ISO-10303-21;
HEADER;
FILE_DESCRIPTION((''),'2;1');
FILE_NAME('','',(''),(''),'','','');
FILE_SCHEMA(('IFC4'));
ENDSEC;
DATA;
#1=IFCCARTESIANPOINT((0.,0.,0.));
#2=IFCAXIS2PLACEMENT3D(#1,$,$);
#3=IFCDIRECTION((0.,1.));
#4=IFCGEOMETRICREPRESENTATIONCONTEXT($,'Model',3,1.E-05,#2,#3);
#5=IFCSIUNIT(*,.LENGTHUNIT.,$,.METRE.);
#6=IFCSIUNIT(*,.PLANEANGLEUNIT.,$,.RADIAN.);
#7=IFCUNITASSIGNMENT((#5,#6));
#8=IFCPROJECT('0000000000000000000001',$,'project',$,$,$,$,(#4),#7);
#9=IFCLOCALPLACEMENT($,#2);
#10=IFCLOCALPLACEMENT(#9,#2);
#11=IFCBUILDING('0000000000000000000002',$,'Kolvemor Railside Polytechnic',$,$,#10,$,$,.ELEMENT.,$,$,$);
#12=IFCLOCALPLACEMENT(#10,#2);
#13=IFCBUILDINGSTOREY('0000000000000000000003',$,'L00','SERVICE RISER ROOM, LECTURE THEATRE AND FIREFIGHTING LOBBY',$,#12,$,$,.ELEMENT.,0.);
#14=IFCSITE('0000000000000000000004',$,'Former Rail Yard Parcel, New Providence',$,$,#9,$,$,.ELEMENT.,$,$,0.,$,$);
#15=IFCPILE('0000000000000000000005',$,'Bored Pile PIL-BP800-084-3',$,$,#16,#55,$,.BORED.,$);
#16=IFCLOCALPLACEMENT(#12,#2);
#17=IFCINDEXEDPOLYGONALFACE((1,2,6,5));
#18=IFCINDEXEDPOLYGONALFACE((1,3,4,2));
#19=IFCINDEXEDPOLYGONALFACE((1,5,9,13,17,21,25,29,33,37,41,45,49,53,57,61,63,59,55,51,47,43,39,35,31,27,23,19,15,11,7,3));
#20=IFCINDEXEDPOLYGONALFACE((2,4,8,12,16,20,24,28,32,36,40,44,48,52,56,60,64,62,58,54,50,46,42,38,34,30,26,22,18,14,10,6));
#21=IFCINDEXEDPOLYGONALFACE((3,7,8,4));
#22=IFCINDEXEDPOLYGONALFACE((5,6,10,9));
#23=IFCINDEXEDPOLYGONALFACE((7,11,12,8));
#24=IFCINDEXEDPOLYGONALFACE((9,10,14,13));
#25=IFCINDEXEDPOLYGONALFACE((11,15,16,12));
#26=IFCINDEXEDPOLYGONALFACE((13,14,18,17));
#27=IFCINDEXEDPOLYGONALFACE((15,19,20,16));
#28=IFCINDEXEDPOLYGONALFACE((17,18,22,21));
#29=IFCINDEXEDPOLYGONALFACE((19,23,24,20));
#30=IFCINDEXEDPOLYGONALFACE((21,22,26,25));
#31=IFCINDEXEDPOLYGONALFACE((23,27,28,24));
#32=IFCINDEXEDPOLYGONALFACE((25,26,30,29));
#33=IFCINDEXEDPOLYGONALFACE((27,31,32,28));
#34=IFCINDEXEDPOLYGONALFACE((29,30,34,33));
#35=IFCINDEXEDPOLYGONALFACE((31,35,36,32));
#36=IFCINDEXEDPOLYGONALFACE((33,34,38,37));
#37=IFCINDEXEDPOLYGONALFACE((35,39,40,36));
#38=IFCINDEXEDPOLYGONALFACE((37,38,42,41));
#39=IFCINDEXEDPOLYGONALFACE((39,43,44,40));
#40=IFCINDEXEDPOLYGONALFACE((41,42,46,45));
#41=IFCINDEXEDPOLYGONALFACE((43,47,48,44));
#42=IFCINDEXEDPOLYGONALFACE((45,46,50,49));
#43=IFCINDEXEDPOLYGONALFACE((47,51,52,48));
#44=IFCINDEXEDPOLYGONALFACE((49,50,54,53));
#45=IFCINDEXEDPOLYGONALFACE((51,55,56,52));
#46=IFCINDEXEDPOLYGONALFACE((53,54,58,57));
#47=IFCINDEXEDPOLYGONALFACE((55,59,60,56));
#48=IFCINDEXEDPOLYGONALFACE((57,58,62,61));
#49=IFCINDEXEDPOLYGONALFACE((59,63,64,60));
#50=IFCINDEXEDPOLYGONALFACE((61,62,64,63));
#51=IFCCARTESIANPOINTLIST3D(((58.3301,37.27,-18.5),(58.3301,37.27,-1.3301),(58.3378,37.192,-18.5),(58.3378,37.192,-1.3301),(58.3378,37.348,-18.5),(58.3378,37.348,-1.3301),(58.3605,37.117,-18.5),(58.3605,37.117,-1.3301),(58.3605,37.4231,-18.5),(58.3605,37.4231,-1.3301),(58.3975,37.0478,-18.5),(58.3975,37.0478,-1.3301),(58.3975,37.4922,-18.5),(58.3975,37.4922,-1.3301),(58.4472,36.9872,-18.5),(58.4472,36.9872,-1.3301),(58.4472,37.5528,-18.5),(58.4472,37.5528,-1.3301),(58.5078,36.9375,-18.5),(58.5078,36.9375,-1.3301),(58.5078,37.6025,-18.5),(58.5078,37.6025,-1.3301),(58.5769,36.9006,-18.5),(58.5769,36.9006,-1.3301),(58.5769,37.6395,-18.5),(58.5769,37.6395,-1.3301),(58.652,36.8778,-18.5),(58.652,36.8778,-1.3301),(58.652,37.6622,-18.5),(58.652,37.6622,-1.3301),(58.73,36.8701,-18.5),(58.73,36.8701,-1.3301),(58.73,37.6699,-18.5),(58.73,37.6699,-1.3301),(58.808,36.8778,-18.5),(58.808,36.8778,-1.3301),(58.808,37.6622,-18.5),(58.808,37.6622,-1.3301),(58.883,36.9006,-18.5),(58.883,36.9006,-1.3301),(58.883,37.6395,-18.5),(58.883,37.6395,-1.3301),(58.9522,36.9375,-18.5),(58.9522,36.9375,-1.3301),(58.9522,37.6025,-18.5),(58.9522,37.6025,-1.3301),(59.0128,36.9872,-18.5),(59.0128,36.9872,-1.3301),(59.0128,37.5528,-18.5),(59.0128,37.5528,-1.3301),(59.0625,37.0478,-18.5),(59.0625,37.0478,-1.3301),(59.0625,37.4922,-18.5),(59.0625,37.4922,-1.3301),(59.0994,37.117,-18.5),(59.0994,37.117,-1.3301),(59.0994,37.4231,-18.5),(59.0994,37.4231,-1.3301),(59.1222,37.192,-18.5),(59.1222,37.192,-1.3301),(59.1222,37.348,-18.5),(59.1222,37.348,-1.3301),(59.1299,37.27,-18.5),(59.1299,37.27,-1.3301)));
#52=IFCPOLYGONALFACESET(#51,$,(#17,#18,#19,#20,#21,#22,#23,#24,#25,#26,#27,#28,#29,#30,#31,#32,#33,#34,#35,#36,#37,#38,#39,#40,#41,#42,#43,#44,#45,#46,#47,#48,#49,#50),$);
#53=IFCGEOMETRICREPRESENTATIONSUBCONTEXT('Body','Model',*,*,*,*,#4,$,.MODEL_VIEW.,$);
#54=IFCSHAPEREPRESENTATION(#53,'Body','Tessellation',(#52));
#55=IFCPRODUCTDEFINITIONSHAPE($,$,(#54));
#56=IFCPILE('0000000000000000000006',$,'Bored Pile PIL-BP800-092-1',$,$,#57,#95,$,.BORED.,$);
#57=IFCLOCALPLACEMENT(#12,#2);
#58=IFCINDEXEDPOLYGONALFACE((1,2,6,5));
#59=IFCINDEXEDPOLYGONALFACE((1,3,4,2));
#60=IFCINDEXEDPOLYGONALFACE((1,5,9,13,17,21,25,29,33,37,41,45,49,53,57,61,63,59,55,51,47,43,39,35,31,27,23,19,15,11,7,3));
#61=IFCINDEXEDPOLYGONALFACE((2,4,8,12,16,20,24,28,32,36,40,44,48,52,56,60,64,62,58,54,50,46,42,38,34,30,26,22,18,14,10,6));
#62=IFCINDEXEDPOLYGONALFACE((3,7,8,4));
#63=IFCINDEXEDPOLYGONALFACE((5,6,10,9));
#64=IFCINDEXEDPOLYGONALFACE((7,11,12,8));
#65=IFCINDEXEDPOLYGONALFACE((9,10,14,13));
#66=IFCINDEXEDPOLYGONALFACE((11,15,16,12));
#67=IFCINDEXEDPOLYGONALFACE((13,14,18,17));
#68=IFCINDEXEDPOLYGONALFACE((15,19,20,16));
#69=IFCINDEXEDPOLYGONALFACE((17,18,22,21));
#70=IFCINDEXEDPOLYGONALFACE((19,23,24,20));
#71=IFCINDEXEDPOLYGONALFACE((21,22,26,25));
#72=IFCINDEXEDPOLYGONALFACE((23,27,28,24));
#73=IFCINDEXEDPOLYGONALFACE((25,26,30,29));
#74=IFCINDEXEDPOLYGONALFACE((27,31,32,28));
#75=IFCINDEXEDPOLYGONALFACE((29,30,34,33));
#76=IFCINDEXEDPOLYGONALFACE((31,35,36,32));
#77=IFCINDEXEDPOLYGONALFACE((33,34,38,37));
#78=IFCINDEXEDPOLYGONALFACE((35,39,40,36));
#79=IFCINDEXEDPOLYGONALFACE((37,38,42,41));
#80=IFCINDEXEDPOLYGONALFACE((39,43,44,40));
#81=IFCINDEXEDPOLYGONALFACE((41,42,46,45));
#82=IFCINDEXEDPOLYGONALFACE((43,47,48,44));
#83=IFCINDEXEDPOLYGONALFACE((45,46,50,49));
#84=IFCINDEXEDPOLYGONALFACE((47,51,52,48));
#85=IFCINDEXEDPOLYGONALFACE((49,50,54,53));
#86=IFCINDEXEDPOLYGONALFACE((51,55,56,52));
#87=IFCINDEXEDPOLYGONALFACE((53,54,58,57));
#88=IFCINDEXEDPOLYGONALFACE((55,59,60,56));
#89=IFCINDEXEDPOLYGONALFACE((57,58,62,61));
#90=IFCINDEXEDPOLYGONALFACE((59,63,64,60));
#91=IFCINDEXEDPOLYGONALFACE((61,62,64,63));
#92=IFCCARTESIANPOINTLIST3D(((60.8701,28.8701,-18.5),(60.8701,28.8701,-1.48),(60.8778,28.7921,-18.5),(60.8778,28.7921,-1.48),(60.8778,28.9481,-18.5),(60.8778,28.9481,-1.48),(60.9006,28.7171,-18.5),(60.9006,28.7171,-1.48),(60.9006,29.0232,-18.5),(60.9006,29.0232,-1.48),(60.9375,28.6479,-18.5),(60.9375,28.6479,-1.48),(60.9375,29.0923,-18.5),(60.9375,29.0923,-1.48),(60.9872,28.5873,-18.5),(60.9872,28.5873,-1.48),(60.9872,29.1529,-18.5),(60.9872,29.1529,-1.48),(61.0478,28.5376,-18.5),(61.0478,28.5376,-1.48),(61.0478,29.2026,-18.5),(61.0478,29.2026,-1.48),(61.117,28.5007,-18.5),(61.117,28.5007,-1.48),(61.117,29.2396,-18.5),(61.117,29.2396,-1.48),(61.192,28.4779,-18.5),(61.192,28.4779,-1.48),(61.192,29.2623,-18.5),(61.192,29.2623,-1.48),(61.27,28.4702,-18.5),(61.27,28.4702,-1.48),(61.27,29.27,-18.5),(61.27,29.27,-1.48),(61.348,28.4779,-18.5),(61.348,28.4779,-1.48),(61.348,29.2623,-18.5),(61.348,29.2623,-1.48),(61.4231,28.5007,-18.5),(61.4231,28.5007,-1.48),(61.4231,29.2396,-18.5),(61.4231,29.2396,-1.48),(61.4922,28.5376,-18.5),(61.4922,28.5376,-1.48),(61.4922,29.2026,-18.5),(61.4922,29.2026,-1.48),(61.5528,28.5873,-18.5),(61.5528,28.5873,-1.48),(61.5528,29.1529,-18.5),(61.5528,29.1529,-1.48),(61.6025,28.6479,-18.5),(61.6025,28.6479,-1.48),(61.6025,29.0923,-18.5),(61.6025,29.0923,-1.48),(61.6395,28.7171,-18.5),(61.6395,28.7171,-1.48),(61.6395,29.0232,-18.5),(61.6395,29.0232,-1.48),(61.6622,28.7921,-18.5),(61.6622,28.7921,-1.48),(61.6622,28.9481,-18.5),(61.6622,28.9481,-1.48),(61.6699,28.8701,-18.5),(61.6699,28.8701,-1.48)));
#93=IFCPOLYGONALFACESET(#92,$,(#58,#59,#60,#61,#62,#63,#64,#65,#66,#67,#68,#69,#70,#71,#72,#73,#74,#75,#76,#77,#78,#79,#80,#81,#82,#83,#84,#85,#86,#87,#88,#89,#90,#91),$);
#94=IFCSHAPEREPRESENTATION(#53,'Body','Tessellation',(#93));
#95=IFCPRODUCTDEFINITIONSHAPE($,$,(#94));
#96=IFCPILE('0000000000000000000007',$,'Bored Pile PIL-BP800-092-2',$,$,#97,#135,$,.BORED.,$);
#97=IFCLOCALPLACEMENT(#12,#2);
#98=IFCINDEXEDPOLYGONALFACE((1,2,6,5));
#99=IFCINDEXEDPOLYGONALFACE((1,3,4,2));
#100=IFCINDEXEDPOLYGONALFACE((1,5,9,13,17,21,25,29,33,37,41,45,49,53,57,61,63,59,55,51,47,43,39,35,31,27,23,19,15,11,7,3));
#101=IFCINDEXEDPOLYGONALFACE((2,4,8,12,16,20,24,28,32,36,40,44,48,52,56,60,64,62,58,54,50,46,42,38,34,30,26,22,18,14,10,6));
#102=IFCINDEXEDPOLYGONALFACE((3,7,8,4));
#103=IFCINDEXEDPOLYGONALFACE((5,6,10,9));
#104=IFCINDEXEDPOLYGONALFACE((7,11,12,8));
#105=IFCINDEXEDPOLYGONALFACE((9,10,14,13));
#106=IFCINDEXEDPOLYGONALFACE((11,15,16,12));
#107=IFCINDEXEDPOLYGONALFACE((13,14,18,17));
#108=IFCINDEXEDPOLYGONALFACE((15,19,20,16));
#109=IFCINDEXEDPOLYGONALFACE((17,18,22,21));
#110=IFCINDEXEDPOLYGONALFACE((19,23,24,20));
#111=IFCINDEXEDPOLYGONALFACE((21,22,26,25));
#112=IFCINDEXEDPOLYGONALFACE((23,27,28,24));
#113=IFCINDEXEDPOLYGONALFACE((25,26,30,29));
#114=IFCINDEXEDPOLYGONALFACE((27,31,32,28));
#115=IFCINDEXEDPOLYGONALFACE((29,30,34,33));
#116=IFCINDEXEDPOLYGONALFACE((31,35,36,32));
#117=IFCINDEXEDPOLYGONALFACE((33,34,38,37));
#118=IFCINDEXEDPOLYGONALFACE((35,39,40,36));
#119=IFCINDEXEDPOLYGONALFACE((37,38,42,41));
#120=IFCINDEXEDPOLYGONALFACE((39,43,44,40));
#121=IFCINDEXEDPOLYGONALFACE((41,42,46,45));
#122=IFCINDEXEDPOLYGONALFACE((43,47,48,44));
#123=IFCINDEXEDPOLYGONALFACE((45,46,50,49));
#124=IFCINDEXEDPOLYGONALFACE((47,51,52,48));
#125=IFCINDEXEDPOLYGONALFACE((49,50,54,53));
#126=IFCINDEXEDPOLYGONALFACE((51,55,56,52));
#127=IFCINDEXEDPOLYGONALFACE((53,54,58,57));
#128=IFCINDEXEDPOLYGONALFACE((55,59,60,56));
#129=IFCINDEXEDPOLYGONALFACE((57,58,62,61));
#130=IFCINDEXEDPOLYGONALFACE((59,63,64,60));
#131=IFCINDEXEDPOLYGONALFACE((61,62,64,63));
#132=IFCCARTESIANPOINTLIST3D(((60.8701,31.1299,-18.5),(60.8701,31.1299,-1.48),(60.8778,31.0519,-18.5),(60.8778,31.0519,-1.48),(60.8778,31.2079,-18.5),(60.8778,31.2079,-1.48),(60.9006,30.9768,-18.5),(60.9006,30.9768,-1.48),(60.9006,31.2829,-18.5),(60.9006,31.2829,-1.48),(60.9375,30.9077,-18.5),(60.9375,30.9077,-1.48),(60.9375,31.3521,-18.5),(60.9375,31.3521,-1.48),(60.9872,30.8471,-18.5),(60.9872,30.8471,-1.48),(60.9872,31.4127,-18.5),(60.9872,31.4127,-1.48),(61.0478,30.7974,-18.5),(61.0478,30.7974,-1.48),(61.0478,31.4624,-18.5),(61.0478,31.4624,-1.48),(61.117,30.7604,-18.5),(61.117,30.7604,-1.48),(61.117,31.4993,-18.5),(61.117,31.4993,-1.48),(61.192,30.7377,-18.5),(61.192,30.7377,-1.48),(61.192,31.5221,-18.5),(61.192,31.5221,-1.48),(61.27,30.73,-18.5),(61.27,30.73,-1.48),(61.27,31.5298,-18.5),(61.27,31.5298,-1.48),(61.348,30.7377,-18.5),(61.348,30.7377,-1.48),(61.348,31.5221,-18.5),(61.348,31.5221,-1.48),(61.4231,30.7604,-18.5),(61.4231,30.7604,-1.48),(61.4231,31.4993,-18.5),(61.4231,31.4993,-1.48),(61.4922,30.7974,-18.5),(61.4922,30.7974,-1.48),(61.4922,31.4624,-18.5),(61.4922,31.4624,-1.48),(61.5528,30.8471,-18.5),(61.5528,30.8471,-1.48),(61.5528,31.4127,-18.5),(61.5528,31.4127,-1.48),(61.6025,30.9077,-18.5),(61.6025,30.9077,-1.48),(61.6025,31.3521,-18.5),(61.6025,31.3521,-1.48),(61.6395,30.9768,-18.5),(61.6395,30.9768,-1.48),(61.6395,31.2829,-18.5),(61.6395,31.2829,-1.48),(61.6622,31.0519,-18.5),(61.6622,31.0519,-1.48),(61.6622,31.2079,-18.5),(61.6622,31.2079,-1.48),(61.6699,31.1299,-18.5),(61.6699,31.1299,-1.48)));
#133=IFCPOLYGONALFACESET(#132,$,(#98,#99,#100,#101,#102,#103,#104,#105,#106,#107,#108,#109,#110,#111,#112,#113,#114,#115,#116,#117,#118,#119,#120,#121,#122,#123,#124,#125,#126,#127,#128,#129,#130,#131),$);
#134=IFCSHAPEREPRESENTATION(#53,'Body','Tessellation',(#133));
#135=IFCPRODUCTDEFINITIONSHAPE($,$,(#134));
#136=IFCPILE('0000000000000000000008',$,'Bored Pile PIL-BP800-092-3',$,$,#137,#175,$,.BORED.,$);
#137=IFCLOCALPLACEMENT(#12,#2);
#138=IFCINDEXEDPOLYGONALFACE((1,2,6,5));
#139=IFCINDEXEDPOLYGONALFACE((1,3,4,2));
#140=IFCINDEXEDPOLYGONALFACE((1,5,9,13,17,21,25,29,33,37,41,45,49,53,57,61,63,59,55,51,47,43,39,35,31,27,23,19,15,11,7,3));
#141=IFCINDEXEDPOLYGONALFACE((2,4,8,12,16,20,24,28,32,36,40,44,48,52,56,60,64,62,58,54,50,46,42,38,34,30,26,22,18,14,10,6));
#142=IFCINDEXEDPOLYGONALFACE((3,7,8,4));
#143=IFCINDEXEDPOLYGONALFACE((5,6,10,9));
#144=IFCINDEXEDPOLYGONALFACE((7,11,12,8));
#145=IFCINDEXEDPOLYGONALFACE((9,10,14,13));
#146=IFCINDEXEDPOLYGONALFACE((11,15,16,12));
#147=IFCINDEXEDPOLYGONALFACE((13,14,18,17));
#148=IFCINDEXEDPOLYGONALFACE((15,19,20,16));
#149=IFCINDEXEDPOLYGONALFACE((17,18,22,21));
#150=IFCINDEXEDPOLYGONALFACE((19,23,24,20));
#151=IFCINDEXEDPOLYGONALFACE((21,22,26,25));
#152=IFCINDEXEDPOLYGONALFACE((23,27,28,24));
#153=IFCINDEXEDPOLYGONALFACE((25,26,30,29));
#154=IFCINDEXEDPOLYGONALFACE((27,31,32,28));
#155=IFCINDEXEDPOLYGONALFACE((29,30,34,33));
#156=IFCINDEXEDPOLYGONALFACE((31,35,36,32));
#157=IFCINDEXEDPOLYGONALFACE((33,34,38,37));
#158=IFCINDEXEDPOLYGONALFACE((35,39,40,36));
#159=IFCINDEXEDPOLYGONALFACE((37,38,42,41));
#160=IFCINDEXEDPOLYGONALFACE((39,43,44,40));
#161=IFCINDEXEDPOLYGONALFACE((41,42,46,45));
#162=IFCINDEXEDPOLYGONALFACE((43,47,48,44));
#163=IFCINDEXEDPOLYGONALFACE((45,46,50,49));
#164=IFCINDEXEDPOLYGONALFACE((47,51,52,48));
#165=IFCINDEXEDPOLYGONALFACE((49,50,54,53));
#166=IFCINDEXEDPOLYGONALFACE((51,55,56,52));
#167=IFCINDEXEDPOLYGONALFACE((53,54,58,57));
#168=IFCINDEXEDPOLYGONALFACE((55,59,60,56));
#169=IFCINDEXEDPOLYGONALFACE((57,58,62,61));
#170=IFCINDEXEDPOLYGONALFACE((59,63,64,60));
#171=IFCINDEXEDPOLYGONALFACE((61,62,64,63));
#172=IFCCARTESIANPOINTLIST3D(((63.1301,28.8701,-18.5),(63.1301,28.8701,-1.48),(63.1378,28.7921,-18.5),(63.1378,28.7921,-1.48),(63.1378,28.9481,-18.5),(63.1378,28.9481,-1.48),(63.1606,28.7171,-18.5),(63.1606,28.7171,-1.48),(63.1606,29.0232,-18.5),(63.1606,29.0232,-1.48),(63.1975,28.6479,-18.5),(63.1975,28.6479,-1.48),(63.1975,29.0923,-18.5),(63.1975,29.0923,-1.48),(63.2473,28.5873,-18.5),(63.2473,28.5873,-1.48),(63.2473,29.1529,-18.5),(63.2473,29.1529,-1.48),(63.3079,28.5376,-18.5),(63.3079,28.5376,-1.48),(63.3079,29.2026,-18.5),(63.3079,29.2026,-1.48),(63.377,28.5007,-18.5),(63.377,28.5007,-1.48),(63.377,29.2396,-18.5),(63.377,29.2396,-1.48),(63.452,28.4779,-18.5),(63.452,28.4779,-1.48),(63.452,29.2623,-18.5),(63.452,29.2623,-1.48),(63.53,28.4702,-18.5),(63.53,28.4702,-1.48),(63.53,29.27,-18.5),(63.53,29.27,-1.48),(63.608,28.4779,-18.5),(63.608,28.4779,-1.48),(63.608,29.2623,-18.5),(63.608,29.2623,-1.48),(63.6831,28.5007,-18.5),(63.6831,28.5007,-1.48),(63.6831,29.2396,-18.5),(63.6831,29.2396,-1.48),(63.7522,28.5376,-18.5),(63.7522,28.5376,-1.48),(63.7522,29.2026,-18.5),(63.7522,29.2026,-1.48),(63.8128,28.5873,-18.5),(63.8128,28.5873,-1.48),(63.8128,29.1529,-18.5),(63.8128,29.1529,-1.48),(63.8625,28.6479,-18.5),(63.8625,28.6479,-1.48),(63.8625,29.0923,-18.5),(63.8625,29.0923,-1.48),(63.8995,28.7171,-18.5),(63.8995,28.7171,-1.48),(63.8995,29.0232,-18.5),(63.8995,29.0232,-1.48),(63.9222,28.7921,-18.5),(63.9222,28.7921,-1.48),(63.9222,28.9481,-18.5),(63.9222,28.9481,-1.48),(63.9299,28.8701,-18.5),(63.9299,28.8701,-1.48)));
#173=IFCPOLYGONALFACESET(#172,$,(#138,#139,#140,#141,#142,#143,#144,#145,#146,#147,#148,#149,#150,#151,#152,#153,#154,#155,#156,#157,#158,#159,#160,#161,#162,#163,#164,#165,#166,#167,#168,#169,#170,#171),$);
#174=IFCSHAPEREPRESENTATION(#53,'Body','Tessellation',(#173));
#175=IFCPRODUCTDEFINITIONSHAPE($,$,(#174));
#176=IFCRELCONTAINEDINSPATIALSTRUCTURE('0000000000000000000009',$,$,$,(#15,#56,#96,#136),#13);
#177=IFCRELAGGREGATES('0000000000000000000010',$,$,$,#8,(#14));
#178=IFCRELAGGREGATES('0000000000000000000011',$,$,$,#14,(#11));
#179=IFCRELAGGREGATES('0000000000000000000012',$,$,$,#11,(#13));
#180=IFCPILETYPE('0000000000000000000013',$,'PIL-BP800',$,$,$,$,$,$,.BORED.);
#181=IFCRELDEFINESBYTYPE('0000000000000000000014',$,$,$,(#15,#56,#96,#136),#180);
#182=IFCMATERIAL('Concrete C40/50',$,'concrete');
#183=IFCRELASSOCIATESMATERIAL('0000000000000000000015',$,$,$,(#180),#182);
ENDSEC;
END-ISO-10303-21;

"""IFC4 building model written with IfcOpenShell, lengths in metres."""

from ifc_helpers import new_model, si_unit, direction, frame, origin, origin_2d, place, context, subcontext, project, spatial, circle, extrude, material, material_profile, profile_set, type_object, element, save


model = new_model("IFC4")

# Units and contexts
model_context = context("Model", 3, precision=1e-05, world=origin(), true_north=direction((0.0, 1.0)))
body_context = subcontext(model_context, "Body", "Model", "MODEL_VIEW")
ifc_project = project(units=[si_unit("LENGTHUNIT", "METRE"), si_unit("PLANEANGLEUNIT", "RADIAN")], contexts=[model_context])

# Site, building, storey
site_placement = place(None, origin())
site = spatial("IfcSite", under=ifc_project, at=site_placement, Name="Former Rail Yard Parcel, New Providence", CompositionType="ELEMENT", RefElevation=0.0)
building_placement = place(site_placement, origin())
building = spatial("IfcBuilding", under=site, at=building_placement, Name="Kolvemor Railside Polytechnic", CompositionType="ELEMENT")
storey_placement = place(building_placement, origin())
storey = spatial("IfcBuildingStorey", under=building, at=storey_placement, Name="L00", Description="SERVICE RISER ROOM, LECTURE THEATRE AND FIREFIGHTING LOBBY", CompositionType="ELEMENT", Elevation=0.0)

# Piles
ifc_material_1 = material(Name="Concrete C40/50", Category="concrete")
ifc_material_profile_1 = material_profile(ifc_material_1, circle(Radius=0.3999, at=origin_2d()), Name="BP800")
ifc_profile_set_1 = profile_set([ifc_material_profile_1], Name="Concrete C40/50")
pile_type_1 = type_object("IfcPileType", Name="PIL-BP800", PredefinedType="BORED", material=ifc_profile_set_1)
for number, where, z_axis, x_axis, name in (
    (1, (58.73, 37.27, -1.3301), (0.0, 0.0, -1.0), (1.0, 0.0, 0.0), "Bored Pile PIL-BP800-084-3"),
):
    element("IfcPile", number, at=place(storey_placement, frame(where, z_axis=z_axis, x_axis=x_axis)), inside=storey, type_object=pile_type_1, Name=name, PredefinedType="BORED", context=body_context, shape_type="SweptSolid", body=[
        extrude(circle(Radius=0.3999, at=origin_2d()), origin(), (0.0, 0.0, 1.0), 17.1699),
    ])
for number, where, z_axis, x_axis, name in (
    (2, (61.27, 28.8701, -1.48), (0.0, 0.0, -1.0), (1.0, 0.0, 0.0), "Bored Pile PIL-BP800-092-1"),
    (3, (61.27, 31.1299, -1.48), (0.0, 0.0, -1.0), (1.0, 0.0, 0.0), "Bored Pile PIL-BP800-092-2"),
    (4, (63.53, 28.8701, -1.48), (0.0, 0.0, -1.0), (1.0, 0.0, 0.0), "Bored Pile PIL-BP800-092-3"),
):
    element("IfcPile", number, at=place(storey_placement, frame(where, z_axis=z_axis, x_axis=x_axis)), inside=storey, type_object=pile_type_1, Name=name, PredefinedType="BORED", context=body_context, shape_type="SweptSolid", body=[
        extrude(circle(Radius=0.3999, at=origin_2d()), origin(), (0.0, 0.0, 1.0), 17.02),
    ])

save(model, "model.ifc")
